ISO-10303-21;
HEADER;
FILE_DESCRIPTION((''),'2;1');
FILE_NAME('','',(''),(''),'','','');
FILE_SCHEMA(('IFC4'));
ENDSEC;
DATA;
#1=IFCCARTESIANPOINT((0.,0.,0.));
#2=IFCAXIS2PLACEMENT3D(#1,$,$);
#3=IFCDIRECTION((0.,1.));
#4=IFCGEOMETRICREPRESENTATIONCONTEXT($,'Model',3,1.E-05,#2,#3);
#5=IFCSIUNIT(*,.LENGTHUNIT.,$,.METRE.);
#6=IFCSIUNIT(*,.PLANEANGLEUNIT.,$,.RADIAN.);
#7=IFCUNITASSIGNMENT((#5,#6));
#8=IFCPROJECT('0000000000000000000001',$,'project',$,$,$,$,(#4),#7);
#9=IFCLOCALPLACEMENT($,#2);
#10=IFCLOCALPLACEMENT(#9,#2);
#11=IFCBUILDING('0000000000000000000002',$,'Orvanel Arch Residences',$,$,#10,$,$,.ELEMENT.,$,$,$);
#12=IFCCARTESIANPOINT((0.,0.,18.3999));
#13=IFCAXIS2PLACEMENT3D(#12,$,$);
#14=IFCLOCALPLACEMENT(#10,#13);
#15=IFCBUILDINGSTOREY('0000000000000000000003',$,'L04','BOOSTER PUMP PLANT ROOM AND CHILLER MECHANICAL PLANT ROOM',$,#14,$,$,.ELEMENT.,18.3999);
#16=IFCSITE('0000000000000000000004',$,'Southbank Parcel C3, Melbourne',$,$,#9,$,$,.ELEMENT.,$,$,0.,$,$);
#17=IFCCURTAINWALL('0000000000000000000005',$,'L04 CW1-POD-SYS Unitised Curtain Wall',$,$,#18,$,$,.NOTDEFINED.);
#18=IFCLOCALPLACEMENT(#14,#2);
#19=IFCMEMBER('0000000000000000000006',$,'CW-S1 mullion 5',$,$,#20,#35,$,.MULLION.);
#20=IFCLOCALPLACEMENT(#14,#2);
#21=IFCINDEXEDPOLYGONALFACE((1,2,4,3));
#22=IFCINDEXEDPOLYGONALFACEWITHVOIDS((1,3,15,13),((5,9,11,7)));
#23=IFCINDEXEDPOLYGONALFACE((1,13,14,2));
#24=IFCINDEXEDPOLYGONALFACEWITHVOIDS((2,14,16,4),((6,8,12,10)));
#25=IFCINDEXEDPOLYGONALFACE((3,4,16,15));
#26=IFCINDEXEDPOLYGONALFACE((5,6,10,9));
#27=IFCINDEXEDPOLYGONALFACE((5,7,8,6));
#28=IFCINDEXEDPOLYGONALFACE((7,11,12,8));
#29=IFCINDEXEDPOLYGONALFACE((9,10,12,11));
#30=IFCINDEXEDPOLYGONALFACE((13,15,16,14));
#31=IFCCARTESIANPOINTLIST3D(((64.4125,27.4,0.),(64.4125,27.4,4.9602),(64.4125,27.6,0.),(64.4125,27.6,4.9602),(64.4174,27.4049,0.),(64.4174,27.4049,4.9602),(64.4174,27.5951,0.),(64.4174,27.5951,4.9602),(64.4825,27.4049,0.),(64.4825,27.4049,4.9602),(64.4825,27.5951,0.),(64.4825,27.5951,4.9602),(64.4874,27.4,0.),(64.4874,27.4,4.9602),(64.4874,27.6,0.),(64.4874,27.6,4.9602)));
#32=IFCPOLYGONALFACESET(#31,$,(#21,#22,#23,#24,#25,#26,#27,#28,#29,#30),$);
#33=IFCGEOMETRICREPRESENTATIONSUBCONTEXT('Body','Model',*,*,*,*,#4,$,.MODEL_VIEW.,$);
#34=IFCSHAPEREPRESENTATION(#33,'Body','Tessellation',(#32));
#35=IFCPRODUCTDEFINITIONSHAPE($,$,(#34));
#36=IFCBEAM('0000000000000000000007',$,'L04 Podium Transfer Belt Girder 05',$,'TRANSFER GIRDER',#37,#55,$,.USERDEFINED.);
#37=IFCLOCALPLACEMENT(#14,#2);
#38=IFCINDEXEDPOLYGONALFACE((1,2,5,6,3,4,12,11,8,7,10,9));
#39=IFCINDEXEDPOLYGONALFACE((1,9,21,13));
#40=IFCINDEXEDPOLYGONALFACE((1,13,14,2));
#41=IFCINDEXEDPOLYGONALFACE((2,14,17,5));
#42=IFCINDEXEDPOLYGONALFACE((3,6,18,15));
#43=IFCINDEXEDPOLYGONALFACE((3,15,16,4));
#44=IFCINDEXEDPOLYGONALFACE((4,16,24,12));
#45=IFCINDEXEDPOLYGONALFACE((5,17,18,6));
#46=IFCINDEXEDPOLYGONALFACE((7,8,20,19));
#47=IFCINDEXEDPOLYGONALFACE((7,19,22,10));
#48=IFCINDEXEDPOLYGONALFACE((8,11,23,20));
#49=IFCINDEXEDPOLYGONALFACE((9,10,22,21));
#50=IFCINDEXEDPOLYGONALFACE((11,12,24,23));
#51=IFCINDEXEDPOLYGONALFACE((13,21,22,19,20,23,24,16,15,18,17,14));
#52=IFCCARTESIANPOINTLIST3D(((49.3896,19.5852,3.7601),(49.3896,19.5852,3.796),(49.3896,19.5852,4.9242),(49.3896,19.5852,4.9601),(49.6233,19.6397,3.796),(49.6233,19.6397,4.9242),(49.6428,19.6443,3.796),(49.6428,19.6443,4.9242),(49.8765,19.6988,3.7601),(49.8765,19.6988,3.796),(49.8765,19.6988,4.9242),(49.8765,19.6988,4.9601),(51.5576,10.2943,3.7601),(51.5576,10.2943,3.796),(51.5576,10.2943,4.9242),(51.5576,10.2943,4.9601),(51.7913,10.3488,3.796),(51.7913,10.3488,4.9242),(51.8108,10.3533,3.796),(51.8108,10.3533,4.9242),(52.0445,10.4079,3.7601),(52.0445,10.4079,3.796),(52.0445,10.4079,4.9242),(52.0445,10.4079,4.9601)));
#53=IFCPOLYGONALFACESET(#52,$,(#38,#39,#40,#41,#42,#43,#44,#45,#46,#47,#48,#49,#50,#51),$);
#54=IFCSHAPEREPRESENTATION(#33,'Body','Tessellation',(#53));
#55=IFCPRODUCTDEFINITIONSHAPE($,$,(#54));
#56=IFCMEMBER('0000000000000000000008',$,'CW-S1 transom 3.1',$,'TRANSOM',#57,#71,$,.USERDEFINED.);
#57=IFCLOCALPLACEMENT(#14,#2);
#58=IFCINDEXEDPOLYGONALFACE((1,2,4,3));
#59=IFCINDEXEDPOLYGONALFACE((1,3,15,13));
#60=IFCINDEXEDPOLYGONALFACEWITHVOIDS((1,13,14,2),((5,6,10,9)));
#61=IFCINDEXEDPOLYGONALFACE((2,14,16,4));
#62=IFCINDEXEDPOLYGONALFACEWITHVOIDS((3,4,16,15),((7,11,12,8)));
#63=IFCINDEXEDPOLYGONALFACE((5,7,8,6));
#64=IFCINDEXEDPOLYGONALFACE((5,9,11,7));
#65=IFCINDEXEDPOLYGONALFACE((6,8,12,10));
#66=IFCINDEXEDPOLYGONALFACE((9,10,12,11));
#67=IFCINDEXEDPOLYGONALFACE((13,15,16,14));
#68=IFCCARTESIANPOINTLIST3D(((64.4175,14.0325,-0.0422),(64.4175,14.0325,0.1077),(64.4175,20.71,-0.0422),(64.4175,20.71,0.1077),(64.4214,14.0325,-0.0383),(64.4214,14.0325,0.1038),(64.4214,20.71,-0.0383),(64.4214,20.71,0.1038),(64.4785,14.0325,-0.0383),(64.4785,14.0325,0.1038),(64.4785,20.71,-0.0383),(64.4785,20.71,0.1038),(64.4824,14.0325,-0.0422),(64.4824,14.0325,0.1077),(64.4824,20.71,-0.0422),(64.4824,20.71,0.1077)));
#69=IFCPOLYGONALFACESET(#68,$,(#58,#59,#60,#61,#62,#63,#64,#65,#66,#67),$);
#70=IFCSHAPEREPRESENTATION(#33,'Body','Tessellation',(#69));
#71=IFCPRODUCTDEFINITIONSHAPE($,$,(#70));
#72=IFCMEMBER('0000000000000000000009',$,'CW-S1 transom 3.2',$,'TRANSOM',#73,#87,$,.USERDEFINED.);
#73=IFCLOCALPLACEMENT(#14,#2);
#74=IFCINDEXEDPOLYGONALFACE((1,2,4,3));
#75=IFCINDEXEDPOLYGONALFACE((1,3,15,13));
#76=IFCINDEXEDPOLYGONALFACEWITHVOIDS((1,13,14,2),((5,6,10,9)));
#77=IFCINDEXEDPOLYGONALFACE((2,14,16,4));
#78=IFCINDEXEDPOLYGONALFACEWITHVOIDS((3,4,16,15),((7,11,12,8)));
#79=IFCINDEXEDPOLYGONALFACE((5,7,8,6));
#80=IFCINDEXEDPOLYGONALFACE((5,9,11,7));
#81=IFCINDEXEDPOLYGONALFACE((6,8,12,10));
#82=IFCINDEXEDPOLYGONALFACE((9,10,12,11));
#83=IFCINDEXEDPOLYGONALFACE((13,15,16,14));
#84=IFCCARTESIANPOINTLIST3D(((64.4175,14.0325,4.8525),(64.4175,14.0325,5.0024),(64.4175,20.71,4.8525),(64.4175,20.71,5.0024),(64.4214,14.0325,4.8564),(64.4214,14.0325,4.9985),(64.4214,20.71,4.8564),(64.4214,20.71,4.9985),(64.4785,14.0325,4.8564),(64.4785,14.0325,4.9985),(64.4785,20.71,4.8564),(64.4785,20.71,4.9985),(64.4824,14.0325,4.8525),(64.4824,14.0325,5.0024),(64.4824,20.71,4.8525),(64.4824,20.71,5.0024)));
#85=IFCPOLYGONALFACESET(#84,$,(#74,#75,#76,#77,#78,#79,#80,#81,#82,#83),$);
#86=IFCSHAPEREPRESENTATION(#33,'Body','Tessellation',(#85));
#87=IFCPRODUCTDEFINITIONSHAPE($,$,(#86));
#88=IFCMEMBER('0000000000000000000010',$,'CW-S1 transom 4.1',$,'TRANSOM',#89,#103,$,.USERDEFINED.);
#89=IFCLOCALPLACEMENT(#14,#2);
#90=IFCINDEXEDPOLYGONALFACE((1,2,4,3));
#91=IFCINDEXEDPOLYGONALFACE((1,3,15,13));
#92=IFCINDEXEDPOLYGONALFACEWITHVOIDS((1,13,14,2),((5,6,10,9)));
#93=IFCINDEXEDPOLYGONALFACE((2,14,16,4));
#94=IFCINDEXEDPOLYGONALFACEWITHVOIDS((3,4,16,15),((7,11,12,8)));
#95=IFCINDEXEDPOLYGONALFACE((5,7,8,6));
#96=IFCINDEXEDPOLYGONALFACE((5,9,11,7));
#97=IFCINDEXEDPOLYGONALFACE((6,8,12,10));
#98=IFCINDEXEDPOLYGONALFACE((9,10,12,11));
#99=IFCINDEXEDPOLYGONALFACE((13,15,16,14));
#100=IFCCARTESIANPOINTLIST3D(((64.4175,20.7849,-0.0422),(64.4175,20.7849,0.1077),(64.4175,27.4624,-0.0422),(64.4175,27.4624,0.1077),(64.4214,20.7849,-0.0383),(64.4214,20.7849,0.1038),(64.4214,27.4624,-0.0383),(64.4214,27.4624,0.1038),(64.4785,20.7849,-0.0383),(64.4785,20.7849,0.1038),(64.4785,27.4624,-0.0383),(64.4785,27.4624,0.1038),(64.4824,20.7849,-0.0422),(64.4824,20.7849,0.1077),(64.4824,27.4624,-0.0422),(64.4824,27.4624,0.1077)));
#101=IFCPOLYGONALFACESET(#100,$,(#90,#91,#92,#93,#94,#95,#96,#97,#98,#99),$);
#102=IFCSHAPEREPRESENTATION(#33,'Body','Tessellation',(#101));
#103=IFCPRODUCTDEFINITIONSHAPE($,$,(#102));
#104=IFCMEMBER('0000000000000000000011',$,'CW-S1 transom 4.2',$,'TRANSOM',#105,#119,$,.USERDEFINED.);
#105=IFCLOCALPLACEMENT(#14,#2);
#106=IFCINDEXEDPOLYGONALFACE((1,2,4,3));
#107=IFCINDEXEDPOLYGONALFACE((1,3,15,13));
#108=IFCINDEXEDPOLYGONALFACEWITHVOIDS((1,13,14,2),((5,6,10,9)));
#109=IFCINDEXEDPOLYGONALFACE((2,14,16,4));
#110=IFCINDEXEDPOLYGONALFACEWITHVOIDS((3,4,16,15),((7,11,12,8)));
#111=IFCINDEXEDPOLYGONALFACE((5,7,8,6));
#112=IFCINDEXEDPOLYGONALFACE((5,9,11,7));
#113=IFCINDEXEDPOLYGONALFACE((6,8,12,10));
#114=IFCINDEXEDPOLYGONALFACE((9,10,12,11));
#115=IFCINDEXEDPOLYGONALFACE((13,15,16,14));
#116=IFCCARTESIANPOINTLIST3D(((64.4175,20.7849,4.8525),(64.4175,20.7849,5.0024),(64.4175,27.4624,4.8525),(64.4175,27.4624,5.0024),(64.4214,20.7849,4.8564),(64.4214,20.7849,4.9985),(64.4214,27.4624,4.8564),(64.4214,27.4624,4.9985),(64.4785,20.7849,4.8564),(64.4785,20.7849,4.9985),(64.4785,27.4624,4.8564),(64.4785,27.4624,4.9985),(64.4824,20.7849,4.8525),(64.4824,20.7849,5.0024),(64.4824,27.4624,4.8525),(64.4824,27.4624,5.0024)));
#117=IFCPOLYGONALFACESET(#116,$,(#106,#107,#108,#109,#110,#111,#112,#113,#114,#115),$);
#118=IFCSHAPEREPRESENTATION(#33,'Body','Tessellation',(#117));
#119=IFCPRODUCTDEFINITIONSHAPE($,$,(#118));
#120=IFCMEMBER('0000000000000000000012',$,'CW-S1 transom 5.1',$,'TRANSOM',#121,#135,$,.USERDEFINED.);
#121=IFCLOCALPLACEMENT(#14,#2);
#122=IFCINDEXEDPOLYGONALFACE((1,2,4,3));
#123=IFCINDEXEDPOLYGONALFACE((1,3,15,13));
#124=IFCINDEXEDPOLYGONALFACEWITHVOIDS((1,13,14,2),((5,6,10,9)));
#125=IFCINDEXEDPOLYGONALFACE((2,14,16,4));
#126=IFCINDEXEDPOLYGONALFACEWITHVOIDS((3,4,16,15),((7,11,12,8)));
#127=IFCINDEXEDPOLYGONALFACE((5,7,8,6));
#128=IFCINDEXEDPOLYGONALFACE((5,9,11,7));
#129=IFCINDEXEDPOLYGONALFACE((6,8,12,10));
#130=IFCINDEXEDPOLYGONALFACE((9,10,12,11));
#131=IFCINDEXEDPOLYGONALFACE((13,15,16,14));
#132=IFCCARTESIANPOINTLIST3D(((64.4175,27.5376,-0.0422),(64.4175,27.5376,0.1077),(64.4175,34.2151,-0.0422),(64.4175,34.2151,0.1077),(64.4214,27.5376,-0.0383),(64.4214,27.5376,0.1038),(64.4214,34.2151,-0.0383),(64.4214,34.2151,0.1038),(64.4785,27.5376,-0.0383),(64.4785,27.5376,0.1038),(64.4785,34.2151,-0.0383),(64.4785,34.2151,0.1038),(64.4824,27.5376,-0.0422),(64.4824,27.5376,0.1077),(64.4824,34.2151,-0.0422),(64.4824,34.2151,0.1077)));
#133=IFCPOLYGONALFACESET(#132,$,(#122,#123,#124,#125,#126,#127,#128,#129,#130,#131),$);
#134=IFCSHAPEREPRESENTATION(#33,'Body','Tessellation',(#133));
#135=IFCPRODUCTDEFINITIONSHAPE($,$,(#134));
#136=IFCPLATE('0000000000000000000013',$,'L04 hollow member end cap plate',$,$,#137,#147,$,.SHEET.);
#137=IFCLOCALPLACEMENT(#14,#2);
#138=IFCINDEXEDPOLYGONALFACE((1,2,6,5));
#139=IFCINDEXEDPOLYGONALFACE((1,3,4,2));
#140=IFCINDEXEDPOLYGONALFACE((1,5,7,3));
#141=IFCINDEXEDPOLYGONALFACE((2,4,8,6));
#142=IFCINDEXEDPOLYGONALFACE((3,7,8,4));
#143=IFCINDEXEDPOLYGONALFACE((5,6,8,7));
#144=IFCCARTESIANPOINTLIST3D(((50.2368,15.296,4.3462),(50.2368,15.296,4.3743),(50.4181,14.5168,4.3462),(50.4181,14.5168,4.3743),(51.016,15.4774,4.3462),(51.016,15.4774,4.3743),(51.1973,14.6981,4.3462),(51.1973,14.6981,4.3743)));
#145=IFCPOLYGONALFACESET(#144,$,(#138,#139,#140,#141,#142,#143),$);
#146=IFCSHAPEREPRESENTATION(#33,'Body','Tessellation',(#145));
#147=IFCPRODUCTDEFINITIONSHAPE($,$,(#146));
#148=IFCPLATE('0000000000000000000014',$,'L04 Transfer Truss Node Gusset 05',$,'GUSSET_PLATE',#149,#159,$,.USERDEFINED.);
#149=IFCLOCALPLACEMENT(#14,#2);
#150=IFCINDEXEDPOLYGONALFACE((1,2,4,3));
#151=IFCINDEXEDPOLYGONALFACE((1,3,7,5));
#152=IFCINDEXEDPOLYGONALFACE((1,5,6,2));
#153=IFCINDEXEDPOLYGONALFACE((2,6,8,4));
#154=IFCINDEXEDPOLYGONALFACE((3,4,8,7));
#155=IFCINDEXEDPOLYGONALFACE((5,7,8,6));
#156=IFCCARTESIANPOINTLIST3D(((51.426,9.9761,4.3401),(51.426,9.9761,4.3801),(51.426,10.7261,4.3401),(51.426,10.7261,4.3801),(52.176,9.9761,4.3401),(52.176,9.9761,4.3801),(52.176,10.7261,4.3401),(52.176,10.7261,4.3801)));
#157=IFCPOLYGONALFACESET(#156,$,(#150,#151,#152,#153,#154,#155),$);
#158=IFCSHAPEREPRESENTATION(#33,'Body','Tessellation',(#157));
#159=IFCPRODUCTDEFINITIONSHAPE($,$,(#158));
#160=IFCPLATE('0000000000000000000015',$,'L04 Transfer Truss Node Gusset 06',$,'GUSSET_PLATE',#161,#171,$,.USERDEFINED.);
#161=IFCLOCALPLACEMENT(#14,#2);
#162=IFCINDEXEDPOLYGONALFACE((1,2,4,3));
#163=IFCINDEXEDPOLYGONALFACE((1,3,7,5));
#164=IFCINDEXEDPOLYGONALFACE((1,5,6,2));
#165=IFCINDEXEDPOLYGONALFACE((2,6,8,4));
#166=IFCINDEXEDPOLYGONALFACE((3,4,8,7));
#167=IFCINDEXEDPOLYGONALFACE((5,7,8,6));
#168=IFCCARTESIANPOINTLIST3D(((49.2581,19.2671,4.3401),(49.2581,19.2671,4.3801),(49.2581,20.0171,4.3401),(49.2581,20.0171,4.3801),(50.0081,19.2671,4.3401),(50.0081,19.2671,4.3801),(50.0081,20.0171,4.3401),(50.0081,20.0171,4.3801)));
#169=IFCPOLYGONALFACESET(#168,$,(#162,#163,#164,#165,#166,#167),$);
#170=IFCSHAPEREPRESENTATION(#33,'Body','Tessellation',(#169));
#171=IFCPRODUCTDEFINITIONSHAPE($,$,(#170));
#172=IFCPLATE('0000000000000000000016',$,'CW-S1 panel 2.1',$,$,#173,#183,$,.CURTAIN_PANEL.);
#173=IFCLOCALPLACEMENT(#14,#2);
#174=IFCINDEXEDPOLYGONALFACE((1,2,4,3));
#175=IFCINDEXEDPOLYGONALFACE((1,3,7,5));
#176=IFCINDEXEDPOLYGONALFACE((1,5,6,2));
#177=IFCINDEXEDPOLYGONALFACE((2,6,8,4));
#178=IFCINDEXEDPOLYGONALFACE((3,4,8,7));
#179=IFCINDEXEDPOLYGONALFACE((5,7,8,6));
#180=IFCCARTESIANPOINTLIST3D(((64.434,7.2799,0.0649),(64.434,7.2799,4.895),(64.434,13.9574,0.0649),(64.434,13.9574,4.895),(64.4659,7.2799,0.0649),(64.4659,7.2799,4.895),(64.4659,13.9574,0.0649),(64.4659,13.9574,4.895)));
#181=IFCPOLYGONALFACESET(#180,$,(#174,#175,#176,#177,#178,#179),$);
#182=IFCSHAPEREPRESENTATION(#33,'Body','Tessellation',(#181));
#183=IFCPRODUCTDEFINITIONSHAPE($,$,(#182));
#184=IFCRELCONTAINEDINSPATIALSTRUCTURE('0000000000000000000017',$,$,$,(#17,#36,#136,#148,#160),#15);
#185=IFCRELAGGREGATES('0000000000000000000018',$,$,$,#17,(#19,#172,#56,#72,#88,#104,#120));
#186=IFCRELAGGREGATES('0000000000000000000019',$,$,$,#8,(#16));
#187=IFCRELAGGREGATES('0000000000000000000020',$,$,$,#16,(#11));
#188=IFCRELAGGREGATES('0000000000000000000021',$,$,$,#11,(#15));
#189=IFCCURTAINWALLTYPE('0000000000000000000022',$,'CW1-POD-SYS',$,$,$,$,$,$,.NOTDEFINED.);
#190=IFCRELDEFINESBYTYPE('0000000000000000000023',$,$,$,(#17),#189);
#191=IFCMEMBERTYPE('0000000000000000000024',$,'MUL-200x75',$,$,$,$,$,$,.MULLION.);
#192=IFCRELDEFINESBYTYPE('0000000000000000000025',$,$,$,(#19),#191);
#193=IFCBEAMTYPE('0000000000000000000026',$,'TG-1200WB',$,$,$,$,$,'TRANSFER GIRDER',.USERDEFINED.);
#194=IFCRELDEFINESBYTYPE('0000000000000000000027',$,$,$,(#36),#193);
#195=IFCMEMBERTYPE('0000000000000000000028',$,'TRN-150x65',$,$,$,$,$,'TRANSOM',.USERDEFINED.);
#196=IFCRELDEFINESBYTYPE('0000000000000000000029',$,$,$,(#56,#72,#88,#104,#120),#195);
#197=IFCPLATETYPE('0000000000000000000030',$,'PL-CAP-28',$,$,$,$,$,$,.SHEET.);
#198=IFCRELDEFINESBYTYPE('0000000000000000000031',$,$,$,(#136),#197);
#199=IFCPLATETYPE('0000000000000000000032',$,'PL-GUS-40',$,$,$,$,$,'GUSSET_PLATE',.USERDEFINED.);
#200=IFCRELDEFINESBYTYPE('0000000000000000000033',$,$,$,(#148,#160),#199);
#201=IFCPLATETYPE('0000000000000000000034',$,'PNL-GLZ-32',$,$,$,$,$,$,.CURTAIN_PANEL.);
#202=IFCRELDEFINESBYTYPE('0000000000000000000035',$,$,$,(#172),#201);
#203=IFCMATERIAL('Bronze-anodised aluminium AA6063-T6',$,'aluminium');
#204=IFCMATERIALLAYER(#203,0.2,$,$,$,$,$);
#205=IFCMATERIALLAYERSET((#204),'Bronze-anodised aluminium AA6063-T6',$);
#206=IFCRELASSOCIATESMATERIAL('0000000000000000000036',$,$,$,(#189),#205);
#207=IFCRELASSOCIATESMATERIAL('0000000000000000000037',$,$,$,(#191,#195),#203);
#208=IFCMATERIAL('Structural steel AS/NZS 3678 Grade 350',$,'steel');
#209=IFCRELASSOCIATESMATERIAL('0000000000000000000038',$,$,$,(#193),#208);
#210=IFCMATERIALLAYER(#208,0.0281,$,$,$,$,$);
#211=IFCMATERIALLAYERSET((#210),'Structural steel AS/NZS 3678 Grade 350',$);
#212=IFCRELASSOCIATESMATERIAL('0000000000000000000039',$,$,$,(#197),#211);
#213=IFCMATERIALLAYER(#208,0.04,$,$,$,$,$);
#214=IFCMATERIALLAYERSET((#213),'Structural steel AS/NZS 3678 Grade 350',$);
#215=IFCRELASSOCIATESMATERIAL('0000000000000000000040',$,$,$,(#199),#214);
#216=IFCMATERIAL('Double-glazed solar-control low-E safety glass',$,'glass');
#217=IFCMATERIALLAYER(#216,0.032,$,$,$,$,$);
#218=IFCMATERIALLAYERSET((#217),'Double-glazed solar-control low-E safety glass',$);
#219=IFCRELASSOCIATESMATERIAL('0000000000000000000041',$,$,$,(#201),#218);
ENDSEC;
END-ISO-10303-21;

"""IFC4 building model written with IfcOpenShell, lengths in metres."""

from ifc_helpers import new_model, si_unit, direction, frame, origin, origin_2d, place, context, subcontext, project, spatial, rectangle, hollow_rectangle, i_section, extrude, material, layer, layer_set, material_profile, profile_set, type_object, element, aggregate, save


model = new_model("IFC4")

# Units and contexts
model_context = context("Model", 3, precision=1e-05, world=origin(), true_north=direction((0.0, 1.0)))
body_context = subcontext(model_context, "Body", "Model", "MODEL_VIEW")
ifc_project = project(units=[si_unit("LENGTHUNIT", "METRE"), si_unit("PLANEANGLEUNIT", "RADIAN")], contexts=[model_context])

# Site, building, storey
site_placement = place(None, origin())
site = spatial("IfcSite", under=ifc_project, at=site_placement, Name="Southbank Parcel C3, Melbourne", CompositionType="ELEMENT", RefElevation=0.0)
building_placement = place(site_placement, origin())
building = spatial("IfcBuilding", under=site, at=building_placement, Name="Orvanel Arch Residences", CompositionType="ELEMENT")
storey_placement = place(building_placement, frame((0.0, 0.0, 18.3999)))
storey = spatial("IfcBuildingStorey", under=building, at=storey_placement, Name="L04", Description="BOOSTER PUMP PLANT ROOM AND CHILLER MECHANICAL PLANT ROOM", CompositionType="ELEMENT", Elevation=18.3999)

# Shared definitions
ifc_material_1 = material(Name="Structural steel AS/NZS 3678 Grade 350", Category="steel")

# Curtain wall, member
ifc_material_2 = material(Name="Bronze-anodised aluminium AA6063-T6", Category="aluminium")
ifc_layer_1 = layer(ifc_material_2, 0.2)
ifc_layer_set_1 = layer_set([ifc_layer_1], Name="Bronze-anodised aluminium AA6063-T6")
curtain_wall_type = type_object("IfcCurtainWallType", Name="CW1-POD-SYS", PredefinedType="NOTDEFINED", material=ifc_layer_set_1)
curtain_wall_placement = place(storey_placement, origin())
curtain_wall = element("IfcCurtainWall", 1, at=curtain_wall_placement, inside=storey, type_object=curtain_wall_type, Name="L04 CW1-POD-SYS Unitised Curtain Wall", PredefinedType="NOTDEFINED")
ifc_material_profile_1 = material_profile(ifc_material_2, hollow_rectangle(XDim=0.075, YDim=0.2, WallThickness=0.0049, at=origin_2d()), Name="ALU200x75x5")
ifc_profile_set_1 = profile_set([ifc_material_profile_1], Name="Bronze-anodised aluminium AA6063-T6")
member_type_1 = type_object("IfcMemberType", Name="MUL-200x75", PredefinedType="MULLION", material=ifc_profile_set_1)
member_1_placement = place(storey_placement, frame((64.45, 27.5, 0.0), z_axis=(0.0, 0.0, 1.0), x_axis=(-1.0, 0.0, 0.0)))
member_1 = element("IfcMember", 2, at=member_1_placement, type_object=member_type_1, Name="CW-S1 mullion 5", PredefinedType="MULLION", context=body_context, shape_type="SweptSolid", body=[
    extrude(hollow_rectangle(XDim=0.075, YDim=0.2, WallThickness=0.0049, at=origin_2d()), origin(), (0.0, 0.0, 1.0), 4.9602),
])

# Beam
ifc_material_profile_2 = material_profile(ifc_material_1, i_section(OverallWidth=0.5, OverallDepth=1.2, WebThickness=0.02, FlangeThickness=0.0359, at=origin_2d()), Name="1200WB455")
ifc_profile_set_2 = profile_set([ifc_material_profile_2], Name="Structural steel AS/NZS 3678 Grade 350")
beam_type_1 = type_object("IfcBeamType", Name="TG-1200WB", ElementType="TRANSFER GIRDER", PredefinedType="USERDEFINED", material=ifc_profile_set_2)
beam_1_placement = place(storey_placement, frame((51.801, 10.3511, 4.3601), z_axis=(-0.227236, 0.97384, 0.0), x_axis=(-0.97384, -0.227236, 0.0)))
element("IfcBeam", 3, at=beam_1_placement, inside=storey, type_object=beam_type_1, Name="L04 Podium Transfer Belt Girder 05", ObjectType="TRANSFER GIRDER", PredefinedType="USERDEFINED", context=body_context, shape_type="SweptSolid", body=[
    extrude(i_section(OverallWidth=0.5, OverallDepth=1.2, WebThickness=0.02, FlangeThickness=0.0359, at=origin_2d()), origin(), (0.0, 0.0, 1.0), 9.5405),
])

# Members
ifc_material_profile_3 = material_profile(ifc_material_2, hollow_rectangle(XDim=0.0649, YDim=0.1499, WallThickness=0.0039, at=origin_2d()), Name="ALU150x65x4")
ifc_profile_set_3 = profile_set([ifc_material_profile_3], Name="Bronze-anodised aluminium AA6063-T6")
member_type_2 = type_object("IfcMemberType", Name="TRN-150x65", ElementType="TRANSOM", PredefinedType="USERDEFINED", material=ifc_profile_set_3)
member_2_placement = place(storey_placement, frame((64.45, 14.0325, 0.0327), z_axis=(0.0, 1.0, 0.0), x_axis=(-1.0, 0.0, 0.0)))
member_2 = element("IfcMember", 4, at=member_2_placement, type_object=member_type_2, Name="CW-S1 transom 3.1", ObjectType="TRANSOM", PredefinedType="USERDEFINED", context=body_context, shape_type="SweptSolid", body=[
    extrude(hollow_rectangle(XDim=0.0649, YDim=0.1499, WallThickness=0.0039, at=origin_2d()), origin(), (0.0, 0.0, 1.0), 6.6775),
])
member_3_placement = place(storey_placement, frame((64.45, 14.0325, 4.9275), z_axis=(0.0, 1.0, 0.0), x_axis=(-1.0, 0.0, 0.0)))
member_3 = element("IfcMember", 5, at=member_3_placement, type_object=member_type_2, Name="CW-S1 transom 3.2", ObjectType="TRANSOM", PredefinedType="USERDEFINED", context=body_context, shape_type="SweptSolid", body=[
    extrude(hollow_rectangle(XDim=0.0649, YDim=0.1499, WallThickness=0.0039, at=origin_2d()), origin(), (0.0, 0.0, 1.0), 6.6775),
])
member_4_placement = place(storey_placement, frame((64.45, 20.7849, 0.0327), z_axis=(0.0, 1.0, 0.0), x_axis=(-1.0, 0.0, 0.0)))
member_4 = element("IfcMember", 6, at=member_4_placement, type_object=member_type_2, Name="CW-S1 transom 4.1", ObjectType="TRANSOM", PredefinedType="USERDEFINED", context=body_context, shape_type="SweptSolid", body=[
    extrude(hollow_rectangle(XDim=0.0649, YDim=0.1499, WallThickness=0.0039, at=origin_2d()), origin(), (0.0, 0.0, 1.0), 6.6775),
])
member_5_placement = place(storey_placement, frame((64.45, 20.7849, 4.9275), z_axis=(0.0, 1.0, 0.0), x_axis=(-1.0, 0.0, 0.0)))
member_5 = element("IfcMember", 7, at=member_5_placement, type_object=member_type_2, Name="CW-S1 transom 4.2", ObjectType="TRANSOM", PredefinedType="USERDEFINED", context=body_context, shape_type="SweptSolid", body=[
    extrude(hollow_rectangle(XDim=0.0649, YDim=0.1499, WallThickness=0.0039, at=origin_2d()), origin(), (0.0, 0.0, 1.0), 6.6775),
])
member_6_placement = place(storey_placement, frame((64.45, 27.5376, 0.0327), z_axis=(0.0, 1.0, 0.0), x_axis=(-1.0, 0.0, 0.0)))
member_6 = element("IfcMember", 8, at=member_6_placement, type_object=member_type_2, Name="CW-S1 transom 5.1", ObjectType="TRANSOM", PredefinedType="USERDEFINED", context=body_context, shape_type="SweptSolid", body=[
    extrude(hollow_rectangle(XDim=0.0649, YDim=0.1499, WallThickness=0.0039, at=origin_2d()), origin(), (0.0, 0.0, 1.0), 6.6775),
])

# Plates
ifc_layer_2 = layer(ifc_material_1, 0.0281)
ifc_layer_set_2 = layer_set([ifc_layer_2], Name="Structural steel AS/NZS 3678 Grade 350")
plate_type_1 = type_object("IfcPlateType", Name="PL-CAP-28", PredefinedType="SHEET", material=ifc_layer_set_2)
plate_1_placement = place(storey_placement, frame((50.717, 14.9971, 4.3462), z_axis=(0.0, 0.0, 1.0), x_axis=(-0.226651, 0.973976, 0.0)))
element("IfcPlate", 9, at=plate_1_placement, inside=storey, type_object=plate_type_1, Name="L04 hollow member end cap plate", PredefinedType="SHEET", context=body_context, shape_type="SweptSolid", body=[
    extrude(rectangle(XDim=0.8, YDim=0.8, at=origin_2d()), origin(), (0.0, 0.0, 1.0), 0.0281),
])
ifc_layer_3 = layer(ifc_material_1, 0.04)
ifc_layer_set_3 = layer_set([ifc_layer_3], Name="Structural steel AS/NZS 3678 Grade 350")
plate_type_2 = type_object("IfcPlateType", Name="PL-GUS-40", ElementType="GUSSET_PLATE", PredefinedType="USERDEFINED", material=ifc_layer_set_3)
for number, where, z_axis, x_axis, name in (
    (10, (51.801, 10.3511, 4.3401), (0.0, 0.0, 1.0), (1.0, 0.0, 0.0), "L04 Transfer Truss Node Gusset 05"),
    (11, (49.6331, 19.6421, 4.3401), (0.0, 0.0, 1.0), (1.0, 0.0, 0.0), "L04 Transfer Truss Node Gusset 06"),
):
    element("IfcPlate", number, at=place(storey_placement, frame(where, z_axis=z_axis, x_axis=x_axis)), inside=storey, type_object=plate_type_2, Name=name, ObjectType="GUSSET_PLATE", PredefinedType="USERDEFINED", context=body_context, shape_type="SweptSolid", body=[
        extrude(rectangle(XDim=0.75, YDim=0.75, at=origin_2d()), origin(), (0.0, 0.0, 1.0), 0.04),
    ])

# Plate
ifc_material_3 = material(Name="Double-glazed solar-control low-E safety glass", Category="glass")
ifc_layer_4 = layer(ifc_material_3, 0.032)
ifc_layer_set_4 = layer_set([ifc_layer_4], Name="Double-glazed solar-control low-E safety glass")
plate_type_3 = type_object("IfcPlateType", Name="PNL-GLZ-32", PredefinedType="CURTAIN_PANEL", material=ifc_layer_set_4)
plate_2_placement = place(storey_placement, frame((64.45, 10.6187, 0.0649), z_axis=(0.0, 0.0, 1.0), x_axis=(0.0, 1.0, 0.0)))
plate_2 = element("IfcPlate", 12, at=plate_2_placement, type_object=plate_type_3, Name="CW-S1 panel 2.1", PredefinedType="CURTAIN_PANEL", context=body_context, shape_type="SweptSolid", body=[
    extrude(rectangle(XDim=6.6775, YDim=0.032, at=origin_2d()), origin(), (0.0, 0.0, 1.0), 4.8301),
])
aggregate(curtain_wall, [member_1, plate_2, member_2, member_3, member_4, member_5, member_6])

save(model, "model.ifc")
